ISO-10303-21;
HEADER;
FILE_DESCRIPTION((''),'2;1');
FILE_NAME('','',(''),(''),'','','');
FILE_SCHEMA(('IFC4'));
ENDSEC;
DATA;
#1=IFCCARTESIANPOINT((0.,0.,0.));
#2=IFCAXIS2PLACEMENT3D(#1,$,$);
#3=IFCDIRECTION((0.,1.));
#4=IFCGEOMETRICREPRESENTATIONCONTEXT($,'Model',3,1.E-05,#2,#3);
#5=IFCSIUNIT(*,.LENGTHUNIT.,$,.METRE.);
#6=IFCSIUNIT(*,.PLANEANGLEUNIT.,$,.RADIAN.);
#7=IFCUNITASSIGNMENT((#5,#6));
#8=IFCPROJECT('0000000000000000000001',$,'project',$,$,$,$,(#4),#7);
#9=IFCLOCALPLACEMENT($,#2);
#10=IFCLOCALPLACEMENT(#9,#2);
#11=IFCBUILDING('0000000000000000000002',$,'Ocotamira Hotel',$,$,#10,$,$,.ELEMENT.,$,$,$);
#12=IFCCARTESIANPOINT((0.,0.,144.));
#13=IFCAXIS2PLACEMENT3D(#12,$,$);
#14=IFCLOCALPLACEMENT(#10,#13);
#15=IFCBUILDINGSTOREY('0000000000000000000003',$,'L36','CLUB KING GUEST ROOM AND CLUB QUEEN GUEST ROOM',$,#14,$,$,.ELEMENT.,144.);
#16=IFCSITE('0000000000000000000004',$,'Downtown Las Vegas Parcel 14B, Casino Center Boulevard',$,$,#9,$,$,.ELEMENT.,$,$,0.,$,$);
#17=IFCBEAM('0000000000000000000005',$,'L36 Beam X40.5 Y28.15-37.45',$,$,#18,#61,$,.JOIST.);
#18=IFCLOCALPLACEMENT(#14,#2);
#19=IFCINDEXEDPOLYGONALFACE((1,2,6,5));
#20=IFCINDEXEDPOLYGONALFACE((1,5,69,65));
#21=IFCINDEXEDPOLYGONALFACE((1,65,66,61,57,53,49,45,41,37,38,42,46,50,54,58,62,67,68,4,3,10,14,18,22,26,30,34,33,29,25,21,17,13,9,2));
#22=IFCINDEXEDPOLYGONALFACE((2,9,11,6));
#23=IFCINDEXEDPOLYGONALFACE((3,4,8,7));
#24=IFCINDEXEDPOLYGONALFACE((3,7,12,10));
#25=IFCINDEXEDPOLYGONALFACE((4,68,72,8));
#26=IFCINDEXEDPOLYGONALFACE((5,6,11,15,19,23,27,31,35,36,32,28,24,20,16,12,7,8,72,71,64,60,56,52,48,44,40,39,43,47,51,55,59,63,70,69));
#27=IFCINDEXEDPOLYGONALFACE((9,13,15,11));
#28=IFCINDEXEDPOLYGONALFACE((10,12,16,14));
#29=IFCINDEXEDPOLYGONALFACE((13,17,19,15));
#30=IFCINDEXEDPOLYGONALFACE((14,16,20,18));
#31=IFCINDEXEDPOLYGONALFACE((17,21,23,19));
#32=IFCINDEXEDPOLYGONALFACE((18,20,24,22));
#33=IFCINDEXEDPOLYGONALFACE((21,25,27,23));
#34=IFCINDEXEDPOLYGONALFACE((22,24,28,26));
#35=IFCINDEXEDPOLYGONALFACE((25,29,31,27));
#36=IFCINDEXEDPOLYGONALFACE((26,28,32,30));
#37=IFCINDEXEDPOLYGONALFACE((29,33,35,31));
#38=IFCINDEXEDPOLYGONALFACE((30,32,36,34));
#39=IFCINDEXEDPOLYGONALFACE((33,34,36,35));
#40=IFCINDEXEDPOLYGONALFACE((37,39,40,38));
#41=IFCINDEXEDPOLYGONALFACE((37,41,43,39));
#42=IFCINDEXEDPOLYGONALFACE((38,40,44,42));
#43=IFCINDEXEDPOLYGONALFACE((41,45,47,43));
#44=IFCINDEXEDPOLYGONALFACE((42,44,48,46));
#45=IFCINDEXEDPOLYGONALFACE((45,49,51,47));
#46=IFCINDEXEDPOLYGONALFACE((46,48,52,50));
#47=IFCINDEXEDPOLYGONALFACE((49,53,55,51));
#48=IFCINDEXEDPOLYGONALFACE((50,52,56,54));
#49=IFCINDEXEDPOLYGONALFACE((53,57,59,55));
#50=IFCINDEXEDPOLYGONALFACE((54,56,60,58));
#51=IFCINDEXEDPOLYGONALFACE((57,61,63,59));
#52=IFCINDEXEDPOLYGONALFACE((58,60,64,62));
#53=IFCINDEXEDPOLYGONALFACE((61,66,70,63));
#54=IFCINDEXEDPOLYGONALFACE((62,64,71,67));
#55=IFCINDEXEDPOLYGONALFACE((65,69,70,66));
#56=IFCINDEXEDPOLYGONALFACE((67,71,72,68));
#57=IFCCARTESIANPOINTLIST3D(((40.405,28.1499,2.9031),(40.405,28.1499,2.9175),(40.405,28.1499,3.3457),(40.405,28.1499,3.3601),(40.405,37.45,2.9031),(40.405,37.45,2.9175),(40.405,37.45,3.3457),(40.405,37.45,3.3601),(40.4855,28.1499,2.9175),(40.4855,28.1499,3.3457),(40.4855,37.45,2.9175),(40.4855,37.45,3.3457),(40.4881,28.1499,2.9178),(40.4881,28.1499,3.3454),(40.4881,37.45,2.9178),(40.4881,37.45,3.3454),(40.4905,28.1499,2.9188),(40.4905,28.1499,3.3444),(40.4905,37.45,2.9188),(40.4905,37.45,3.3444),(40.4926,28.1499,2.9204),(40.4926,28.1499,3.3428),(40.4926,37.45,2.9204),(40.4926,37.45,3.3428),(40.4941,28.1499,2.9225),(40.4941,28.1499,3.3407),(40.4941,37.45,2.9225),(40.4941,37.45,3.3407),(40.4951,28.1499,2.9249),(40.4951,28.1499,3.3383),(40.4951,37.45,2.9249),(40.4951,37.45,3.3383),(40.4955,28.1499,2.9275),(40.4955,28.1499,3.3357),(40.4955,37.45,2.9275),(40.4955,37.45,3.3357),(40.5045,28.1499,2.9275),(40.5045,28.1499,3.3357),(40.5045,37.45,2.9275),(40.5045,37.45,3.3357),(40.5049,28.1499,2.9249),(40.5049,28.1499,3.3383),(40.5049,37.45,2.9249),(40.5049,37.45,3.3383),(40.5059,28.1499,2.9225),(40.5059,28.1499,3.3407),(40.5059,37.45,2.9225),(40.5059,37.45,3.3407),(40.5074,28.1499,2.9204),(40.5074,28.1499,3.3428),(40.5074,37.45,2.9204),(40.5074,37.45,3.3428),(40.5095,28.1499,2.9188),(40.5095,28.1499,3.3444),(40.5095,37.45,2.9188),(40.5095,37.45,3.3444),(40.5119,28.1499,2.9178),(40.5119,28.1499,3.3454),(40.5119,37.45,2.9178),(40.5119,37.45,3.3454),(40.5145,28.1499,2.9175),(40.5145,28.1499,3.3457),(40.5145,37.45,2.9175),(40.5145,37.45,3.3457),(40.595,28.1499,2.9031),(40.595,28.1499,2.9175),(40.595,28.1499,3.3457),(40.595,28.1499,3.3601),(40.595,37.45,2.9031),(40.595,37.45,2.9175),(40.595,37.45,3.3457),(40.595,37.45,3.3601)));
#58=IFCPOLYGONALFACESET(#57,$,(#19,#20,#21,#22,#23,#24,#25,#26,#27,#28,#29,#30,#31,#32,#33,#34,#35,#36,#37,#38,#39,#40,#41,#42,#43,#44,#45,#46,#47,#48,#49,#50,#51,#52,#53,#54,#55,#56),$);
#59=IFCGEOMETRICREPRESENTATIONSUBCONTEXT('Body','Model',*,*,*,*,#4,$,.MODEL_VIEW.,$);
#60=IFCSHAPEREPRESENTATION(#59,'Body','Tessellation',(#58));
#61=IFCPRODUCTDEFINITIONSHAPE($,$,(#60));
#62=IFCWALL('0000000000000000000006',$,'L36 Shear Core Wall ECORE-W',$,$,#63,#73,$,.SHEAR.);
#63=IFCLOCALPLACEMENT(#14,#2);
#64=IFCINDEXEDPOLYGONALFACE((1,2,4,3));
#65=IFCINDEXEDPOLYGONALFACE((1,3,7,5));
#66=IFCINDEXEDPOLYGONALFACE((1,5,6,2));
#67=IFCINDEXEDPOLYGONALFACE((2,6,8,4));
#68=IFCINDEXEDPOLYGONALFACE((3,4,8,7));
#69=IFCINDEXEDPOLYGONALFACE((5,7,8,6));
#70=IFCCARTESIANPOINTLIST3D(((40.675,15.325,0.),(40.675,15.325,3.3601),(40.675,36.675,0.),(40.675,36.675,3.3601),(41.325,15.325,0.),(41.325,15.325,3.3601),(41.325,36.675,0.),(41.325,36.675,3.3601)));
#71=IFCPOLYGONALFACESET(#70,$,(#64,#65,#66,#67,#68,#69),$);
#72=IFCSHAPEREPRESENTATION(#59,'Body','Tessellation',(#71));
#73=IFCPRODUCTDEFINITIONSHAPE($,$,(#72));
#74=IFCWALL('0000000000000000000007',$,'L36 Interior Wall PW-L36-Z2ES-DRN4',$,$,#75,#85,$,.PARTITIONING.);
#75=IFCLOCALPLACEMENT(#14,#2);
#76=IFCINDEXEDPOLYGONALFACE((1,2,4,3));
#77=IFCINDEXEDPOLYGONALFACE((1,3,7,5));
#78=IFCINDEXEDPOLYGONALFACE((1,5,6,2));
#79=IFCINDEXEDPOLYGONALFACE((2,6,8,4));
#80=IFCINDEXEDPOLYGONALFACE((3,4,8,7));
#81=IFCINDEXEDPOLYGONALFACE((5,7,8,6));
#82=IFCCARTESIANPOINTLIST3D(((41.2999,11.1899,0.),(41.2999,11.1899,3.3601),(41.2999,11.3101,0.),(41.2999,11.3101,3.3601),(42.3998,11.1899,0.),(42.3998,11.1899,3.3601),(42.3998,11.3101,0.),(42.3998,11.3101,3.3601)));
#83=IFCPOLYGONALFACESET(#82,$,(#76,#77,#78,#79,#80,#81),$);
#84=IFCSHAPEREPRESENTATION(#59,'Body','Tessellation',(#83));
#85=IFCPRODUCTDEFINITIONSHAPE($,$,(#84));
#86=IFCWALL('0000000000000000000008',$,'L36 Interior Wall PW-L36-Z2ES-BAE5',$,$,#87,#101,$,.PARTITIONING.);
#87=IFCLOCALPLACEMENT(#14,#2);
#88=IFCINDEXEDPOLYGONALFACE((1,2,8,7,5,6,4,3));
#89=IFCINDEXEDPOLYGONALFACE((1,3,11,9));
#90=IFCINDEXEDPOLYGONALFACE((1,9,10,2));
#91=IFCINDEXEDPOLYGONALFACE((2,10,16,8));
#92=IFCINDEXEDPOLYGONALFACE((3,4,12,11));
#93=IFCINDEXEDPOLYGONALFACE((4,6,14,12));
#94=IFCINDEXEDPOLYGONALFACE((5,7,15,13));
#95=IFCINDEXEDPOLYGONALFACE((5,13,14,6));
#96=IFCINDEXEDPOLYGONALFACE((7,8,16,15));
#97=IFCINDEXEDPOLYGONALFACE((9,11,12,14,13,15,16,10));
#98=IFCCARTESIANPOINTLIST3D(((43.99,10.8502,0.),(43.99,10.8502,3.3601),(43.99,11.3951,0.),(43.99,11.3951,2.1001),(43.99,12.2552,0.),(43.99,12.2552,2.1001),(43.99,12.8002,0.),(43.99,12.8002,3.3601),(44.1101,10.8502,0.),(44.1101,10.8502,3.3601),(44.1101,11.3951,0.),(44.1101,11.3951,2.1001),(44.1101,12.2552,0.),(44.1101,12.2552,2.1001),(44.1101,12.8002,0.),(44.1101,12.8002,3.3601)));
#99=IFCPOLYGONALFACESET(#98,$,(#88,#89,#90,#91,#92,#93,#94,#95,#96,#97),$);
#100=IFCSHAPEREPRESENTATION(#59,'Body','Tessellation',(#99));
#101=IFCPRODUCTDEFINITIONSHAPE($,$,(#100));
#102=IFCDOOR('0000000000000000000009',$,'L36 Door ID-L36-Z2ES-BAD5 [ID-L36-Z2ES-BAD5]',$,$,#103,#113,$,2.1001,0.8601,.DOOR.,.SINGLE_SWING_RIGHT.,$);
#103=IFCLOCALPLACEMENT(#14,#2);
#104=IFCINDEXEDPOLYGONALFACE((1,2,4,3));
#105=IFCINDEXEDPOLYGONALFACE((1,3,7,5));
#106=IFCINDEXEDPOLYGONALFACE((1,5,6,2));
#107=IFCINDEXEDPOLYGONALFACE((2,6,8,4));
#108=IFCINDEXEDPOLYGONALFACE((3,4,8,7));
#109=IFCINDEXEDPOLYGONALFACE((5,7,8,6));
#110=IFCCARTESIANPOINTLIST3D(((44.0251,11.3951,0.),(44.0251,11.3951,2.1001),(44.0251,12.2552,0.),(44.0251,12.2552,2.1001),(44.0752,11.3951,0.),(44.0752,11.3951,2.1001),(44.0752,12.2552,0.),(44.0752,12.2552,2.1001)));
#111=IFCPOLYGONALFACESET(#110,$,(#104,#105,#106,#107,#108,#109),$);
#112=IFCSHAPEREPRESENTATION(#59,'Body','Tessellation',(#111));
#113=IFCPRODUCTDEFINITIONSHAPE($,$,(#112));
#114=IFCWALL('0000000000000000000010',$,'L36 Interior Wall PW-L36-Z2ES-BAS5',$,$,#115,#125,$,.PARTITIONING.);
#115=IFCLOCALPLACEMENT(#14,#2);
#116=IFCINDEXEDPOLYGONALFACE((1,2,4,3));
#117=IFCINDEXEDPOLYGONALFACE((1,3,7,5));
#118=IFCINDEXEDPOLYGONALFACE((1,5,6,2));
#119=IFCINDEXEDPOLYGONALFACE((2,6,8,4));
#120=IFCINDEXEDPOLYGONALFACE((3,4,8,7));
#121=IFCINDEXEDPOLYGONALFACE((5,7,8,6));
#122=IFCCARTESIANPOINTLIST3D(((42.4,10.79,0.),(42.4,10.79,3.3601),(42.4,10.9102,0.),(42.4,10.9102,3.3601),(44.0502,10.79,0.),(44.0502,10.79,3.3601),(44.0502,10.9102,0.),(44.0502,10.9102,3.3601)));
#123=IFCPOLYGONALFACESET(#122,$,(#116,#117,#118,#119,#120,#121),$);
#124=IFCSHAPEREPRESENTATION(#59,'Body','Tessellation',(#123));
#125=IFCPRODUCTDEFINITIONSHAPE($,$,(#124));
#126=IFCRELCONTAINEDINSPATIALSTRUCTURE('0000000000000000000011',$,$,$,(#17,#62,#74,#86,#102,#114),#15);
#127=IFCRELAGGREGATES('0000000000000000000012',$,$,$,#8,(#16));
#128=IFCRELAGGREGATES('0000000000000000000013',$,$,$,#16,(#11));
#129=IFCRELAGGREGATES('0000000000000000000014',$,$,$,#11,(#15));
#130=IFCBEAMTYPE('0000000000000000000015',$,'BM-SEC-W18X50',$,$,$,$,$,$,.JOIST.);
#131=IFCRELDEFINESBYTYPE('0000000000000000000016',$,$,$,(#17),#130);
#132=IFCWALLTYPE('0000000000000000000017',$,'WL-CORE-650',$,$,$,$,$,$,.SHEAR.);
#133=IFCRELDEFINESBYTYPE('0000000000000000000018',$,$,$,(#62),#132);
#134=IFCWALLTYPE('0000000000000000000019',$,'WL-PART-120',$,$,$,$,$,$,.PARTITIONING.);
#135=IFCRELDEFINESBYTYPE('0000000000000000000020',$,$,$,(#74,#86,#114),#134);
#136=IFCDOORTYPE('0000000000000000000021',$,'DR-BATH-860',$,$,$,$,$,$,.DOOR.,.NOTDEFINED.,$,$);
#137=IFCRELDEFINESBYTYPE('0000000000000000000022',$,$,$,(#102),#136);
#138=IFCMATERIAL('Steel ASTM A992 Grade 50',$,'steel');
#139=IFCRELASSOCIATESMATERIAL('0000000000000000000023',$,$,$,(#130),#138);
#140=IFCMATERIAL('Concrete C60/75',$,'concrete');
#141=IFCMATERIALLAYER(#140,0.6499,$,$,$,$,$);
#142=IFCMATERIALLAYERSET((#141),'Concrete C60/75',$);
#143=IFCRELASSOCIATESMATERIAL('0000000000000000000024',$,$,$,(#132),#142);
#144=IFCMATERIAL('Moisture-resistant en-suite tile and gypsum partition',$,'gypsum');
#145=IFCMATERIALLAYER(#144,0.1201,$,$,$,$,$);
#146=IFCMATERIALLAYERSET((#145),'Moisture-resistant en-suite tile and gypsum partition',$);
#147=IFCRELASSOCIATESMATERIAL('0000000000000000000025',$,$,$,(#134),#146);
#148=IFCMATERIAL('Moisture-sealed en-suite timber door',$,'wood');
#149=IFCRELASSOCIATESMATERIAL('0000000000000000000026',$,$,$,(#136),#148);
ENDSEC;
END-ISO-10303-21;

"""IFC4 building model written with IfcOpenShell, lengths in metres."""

from ifc_helpers import new_model, si_unit, direction, frame, frame_2d, origin, origin_2d, place, context, subcontext, project, spatial, rectangle, i_section, extrude, source, transform, mapped, material, layer, layer_set, material_profile, profile_set, type_object, element, fill, save


model = new_model("IFC4")

# Units and contexts
model_context = context("Model", 3, precision=1e-05, world=origin(), true_north=direction((0.0, 1.0)))
body_context = subcontext(model_context, "Body", "Model", "MODEL_VIEW")
ifc_project = project(units=[si_unit("LENGTHUNIT", "METRE"), si_unit("PLANEANGLEUNIT", "RADIAN")], contexts=[model_context])

# Site, building, storey
site_placement = place(None, origin())
site = spatial("IfcSite", under=ifc_project, at=site_placement, Name="Downtown Las Vegas Parcel 14B, Casino Center Boulevard", CompositionType="ELEMENT", RefElevation=0.0)
building_placement = place(site_placement, origin())
building = spatial("IfcBuilding", under=site, at=building_placement, Name="Ocotamira Hotel", CompositionType="ELEMENT")
storey_placement = place(building_placement, frame((0.0, 0.0, 144.0)))
storey = spatial("IfcBuildingStorey", under=building, at=storey_placement, Name="L36", Description="CLUB KING GUEST ROOM AND CLUB QUEEN GUEST ROOM", CompositionType="ELEMENT", Elevation=144.0)

# Beam
ifc_material_1 = material(Name="Steel ASTM A992 Grade 50", Category="steel")
ifc_material_profile_1 = material_profile(ifc_material_1, i_section(OverallWidth=0.1899, OverallDepth=0.457, WebThickness=0.009, FlangeThickness=0.0144, FilletRadius=0.01, at=origin_2d()), Name="W18X50")
ifc_profile_set_1 = profile_set([ifc_material_profile_1], Name="Steel ASTM A992 Grade 50")
beam_type_1 = type_object("IfcBeamType", Name="BM-SEC-W18X50", PredefinedType="JOIST", material=ifc_profile_set_1)
shared_shape_1 = source(origin(), body_context, "Body", "SweptSolid", [
    extrude(i_section(OverallWidth=0.1899, OverallDepth=0.457, WebThickness=0.009, FlangeThickness=0.0144, FilletRadius=0.01, at=origin_2d()), origin(), (0.0, 0.0, 1.0), 9.3),
])
beam_1_placement = place(storey_placement, frame((40.5, 28.1499, 3.1316), z_axis=(0.0, 1.0, 0.0), x_axis=(-1.0, 0.0, 0.0)))
element("IfcBeam", 1, at=beam_1_placement, inside=storey, type_object=beam_type_1, Name="L36 Beam X40.5 Y28.15-37.45", PredefinedType="JOIST", context=body_context, shape_type="MappedRepresentation", body=[
    mapped(shared_shape_1, transform((0.0, 0.0, 0.0), scale=1.0)),
])

# Shared definitions
ifc_material_2 = material(Name="Concrete C60/75", Category="concrete")
ifc_layer_1 = layer(ifc_material_2, 0.6499)
ifc_layer_set_1 = layer_set([ifc_layer_1], Name="Concrete C60/75")
wall_type_1 = type_object("IfcWallType", Name="WL-CORE-650", PredefinedType="SHEAR", material=ifc_layer_set_1)

# Walls
wall_1_placement = place(storey_placement, frame((41.0, 15.325, 0.0), z_axis=(0.0, 0.0, 1.0), x_axis=(0.0, 1.0, 0.0)))
element("IfcWall", 2, at=wall_1_placement, inside=storey, type_object=wall_type_1, Name="L36 Shear Core Wall ECORE-W", PredefinedType="SHEAR", context=body_context, shape_type="SweptSolid", body=[
    extrude(rectangle(XDim=21.3501, YDim=0.6499, at=frame_2d((10.675, 0.0))), origin(), (0.0, 0.0, 1.0), 3.3601),
])
ifc_material_3 = material(Name="Moisture-resistant en-suite tile and gypsum partition", Category="gypsum")
ifc_layer_2 = layer(ifc_material_3, 0.1201)
ifc_layer_set_2 = layer_set([ifc_layer_2], Name="Moisture-resistant en-suite tile and gypsum partition")
wall_type_2 = type_object("IfcWallType", Name="WL-PART-120", PredefinedType="PARTITIONING", material=ifc_layer_set_2)
wall_2_placement = place(storey_placement, frame((41.3, 11.25, 0.0), z_axis=(0.0, 0.0, 1.0), x_axis=(1.0, 0.0, 0.0)))
element("IfcWall", 3, at=wall_2_placement, inside=storey, type_object=wall_type_2, Name="L36 Interior Wall PW-L36-Z2ES-DRN4", PredefinedType="PARTITIONING", context=body_context, shape_type="SweptSolid", body=[
    extrude(rectangle(XDim=1.0999, YDim=0.1201, at=frame_2d((0.5498, 0.0))), origin(), (0.0, 0.0, 1.0), 3.3601),
])

# Wall, opening, door
wall_3_placement = place(storey_placement, frame((44.05, 10.8501, 0.0), z_axis=(0.0, 0.0, 1.0), x_axis=(0.0, 1.0, 0.0)))
wall_3 = element("IfcWall", 4, at=wall_3_placement, inside=storey, type_object=wall_type_2, Name="L36 Interior Wall PW-L36-Z2ES-BAE5", PredefinedType="PARTITIONING", context=body_context, shape_type="SweptSolid", body=[
    extrude(rectangle(XDim=1.95, YDim=0.1201, at=frame_2d((0.9751, 0.0))), origin(), (0.0, 0.0, 1.0), 3.3601),
])
opening_1_placement = place(wall_3_placement, frame((0.5449, 0.0, 0.0)))
opening_1 = element("IfcOpeningElement", 5, at=opening_1_placement, cuts=wall_3, PredefinedType="OPENING", context=body_context, shape_type="SweptSolid", body=[
    extrude(rectangle(XDim=0.8601, YDim=2.1001, at=frame_2d((0.4302, 1.05))), frame((0.0, 0.0701, 0.0), z_axis=(0.0, -1.0, 0.0), x_axis=(1.0, 0.0, 0.0)), (0.0, 0.0, 1.0), 0.1401),
])
ifc_material_4 = material(Name="Moisture-sealed en-suite timber door", Category="wood")
door_type_1 = type_object("IfcDoorType", Name="DR-BATH-860", OperationType="NOTDEFINED", PredefinedType="DOOR", material=ifc_material_4)
shared_shape_2 = source(origin(), body_context, "Body", "SweptSolid", [
    extrude(rectangle(XDim=0.8601, YDim=2.1001, at=frame_2d((0.4302, 1.05))), frame((0.0, 0.0249, 0.0), z_axis=(0.0, -1.0, 0.0), x_axis=(1.0, 0.0, 0.0)), (0.0, 0.0, 1.0), 0.05),
])
door_1_placement = place(opening_1_placement, origin())
door_1 = element("IfcDoor", 6, at=door_1_placement, inside=storey, type_object=door_type_1, Name="L36 Door ID-L36-Z2ES-BAD5 [ID-L36-Z2ES-BAD5]", OperationType="SINGLE_SWING_RIGHT", OverallHeight=2.1001, OverallWidth=0.8601, PredefinedType="DOOR", context=body_context, shape_type="MappedRepresentation", body=[
    mapped(shared_shape_2, transform((0.0, 0.0, 0.0), scale=1.0)),
])
fill(opening_1, door_1)

# Wall
wall_4_placement = place(storey_placement, frame((42.3999, 10.8501, 0.0), z_axis=(0.0, 0.0, 1.0), x_axis=(1.0, 0.0, 0.0)))
element("IfcWall", 7, at=wall_4_placement, inside=storey, type_object=wall_type_2, Name="L36 Interior Wall PW-L36-Z2ES-BAS5", PredefinedType="PARTITIONING", context=body_context, shape_type="SweptSolid", body=[
    extrude(rectangle(XDim=1.6501, YDim=0.1201, at=frame_2d((0.8252, 0.0))), origin(), (0.0, 0.0, 1.0), 3.3601),
])

save(model, "model.ifc")
